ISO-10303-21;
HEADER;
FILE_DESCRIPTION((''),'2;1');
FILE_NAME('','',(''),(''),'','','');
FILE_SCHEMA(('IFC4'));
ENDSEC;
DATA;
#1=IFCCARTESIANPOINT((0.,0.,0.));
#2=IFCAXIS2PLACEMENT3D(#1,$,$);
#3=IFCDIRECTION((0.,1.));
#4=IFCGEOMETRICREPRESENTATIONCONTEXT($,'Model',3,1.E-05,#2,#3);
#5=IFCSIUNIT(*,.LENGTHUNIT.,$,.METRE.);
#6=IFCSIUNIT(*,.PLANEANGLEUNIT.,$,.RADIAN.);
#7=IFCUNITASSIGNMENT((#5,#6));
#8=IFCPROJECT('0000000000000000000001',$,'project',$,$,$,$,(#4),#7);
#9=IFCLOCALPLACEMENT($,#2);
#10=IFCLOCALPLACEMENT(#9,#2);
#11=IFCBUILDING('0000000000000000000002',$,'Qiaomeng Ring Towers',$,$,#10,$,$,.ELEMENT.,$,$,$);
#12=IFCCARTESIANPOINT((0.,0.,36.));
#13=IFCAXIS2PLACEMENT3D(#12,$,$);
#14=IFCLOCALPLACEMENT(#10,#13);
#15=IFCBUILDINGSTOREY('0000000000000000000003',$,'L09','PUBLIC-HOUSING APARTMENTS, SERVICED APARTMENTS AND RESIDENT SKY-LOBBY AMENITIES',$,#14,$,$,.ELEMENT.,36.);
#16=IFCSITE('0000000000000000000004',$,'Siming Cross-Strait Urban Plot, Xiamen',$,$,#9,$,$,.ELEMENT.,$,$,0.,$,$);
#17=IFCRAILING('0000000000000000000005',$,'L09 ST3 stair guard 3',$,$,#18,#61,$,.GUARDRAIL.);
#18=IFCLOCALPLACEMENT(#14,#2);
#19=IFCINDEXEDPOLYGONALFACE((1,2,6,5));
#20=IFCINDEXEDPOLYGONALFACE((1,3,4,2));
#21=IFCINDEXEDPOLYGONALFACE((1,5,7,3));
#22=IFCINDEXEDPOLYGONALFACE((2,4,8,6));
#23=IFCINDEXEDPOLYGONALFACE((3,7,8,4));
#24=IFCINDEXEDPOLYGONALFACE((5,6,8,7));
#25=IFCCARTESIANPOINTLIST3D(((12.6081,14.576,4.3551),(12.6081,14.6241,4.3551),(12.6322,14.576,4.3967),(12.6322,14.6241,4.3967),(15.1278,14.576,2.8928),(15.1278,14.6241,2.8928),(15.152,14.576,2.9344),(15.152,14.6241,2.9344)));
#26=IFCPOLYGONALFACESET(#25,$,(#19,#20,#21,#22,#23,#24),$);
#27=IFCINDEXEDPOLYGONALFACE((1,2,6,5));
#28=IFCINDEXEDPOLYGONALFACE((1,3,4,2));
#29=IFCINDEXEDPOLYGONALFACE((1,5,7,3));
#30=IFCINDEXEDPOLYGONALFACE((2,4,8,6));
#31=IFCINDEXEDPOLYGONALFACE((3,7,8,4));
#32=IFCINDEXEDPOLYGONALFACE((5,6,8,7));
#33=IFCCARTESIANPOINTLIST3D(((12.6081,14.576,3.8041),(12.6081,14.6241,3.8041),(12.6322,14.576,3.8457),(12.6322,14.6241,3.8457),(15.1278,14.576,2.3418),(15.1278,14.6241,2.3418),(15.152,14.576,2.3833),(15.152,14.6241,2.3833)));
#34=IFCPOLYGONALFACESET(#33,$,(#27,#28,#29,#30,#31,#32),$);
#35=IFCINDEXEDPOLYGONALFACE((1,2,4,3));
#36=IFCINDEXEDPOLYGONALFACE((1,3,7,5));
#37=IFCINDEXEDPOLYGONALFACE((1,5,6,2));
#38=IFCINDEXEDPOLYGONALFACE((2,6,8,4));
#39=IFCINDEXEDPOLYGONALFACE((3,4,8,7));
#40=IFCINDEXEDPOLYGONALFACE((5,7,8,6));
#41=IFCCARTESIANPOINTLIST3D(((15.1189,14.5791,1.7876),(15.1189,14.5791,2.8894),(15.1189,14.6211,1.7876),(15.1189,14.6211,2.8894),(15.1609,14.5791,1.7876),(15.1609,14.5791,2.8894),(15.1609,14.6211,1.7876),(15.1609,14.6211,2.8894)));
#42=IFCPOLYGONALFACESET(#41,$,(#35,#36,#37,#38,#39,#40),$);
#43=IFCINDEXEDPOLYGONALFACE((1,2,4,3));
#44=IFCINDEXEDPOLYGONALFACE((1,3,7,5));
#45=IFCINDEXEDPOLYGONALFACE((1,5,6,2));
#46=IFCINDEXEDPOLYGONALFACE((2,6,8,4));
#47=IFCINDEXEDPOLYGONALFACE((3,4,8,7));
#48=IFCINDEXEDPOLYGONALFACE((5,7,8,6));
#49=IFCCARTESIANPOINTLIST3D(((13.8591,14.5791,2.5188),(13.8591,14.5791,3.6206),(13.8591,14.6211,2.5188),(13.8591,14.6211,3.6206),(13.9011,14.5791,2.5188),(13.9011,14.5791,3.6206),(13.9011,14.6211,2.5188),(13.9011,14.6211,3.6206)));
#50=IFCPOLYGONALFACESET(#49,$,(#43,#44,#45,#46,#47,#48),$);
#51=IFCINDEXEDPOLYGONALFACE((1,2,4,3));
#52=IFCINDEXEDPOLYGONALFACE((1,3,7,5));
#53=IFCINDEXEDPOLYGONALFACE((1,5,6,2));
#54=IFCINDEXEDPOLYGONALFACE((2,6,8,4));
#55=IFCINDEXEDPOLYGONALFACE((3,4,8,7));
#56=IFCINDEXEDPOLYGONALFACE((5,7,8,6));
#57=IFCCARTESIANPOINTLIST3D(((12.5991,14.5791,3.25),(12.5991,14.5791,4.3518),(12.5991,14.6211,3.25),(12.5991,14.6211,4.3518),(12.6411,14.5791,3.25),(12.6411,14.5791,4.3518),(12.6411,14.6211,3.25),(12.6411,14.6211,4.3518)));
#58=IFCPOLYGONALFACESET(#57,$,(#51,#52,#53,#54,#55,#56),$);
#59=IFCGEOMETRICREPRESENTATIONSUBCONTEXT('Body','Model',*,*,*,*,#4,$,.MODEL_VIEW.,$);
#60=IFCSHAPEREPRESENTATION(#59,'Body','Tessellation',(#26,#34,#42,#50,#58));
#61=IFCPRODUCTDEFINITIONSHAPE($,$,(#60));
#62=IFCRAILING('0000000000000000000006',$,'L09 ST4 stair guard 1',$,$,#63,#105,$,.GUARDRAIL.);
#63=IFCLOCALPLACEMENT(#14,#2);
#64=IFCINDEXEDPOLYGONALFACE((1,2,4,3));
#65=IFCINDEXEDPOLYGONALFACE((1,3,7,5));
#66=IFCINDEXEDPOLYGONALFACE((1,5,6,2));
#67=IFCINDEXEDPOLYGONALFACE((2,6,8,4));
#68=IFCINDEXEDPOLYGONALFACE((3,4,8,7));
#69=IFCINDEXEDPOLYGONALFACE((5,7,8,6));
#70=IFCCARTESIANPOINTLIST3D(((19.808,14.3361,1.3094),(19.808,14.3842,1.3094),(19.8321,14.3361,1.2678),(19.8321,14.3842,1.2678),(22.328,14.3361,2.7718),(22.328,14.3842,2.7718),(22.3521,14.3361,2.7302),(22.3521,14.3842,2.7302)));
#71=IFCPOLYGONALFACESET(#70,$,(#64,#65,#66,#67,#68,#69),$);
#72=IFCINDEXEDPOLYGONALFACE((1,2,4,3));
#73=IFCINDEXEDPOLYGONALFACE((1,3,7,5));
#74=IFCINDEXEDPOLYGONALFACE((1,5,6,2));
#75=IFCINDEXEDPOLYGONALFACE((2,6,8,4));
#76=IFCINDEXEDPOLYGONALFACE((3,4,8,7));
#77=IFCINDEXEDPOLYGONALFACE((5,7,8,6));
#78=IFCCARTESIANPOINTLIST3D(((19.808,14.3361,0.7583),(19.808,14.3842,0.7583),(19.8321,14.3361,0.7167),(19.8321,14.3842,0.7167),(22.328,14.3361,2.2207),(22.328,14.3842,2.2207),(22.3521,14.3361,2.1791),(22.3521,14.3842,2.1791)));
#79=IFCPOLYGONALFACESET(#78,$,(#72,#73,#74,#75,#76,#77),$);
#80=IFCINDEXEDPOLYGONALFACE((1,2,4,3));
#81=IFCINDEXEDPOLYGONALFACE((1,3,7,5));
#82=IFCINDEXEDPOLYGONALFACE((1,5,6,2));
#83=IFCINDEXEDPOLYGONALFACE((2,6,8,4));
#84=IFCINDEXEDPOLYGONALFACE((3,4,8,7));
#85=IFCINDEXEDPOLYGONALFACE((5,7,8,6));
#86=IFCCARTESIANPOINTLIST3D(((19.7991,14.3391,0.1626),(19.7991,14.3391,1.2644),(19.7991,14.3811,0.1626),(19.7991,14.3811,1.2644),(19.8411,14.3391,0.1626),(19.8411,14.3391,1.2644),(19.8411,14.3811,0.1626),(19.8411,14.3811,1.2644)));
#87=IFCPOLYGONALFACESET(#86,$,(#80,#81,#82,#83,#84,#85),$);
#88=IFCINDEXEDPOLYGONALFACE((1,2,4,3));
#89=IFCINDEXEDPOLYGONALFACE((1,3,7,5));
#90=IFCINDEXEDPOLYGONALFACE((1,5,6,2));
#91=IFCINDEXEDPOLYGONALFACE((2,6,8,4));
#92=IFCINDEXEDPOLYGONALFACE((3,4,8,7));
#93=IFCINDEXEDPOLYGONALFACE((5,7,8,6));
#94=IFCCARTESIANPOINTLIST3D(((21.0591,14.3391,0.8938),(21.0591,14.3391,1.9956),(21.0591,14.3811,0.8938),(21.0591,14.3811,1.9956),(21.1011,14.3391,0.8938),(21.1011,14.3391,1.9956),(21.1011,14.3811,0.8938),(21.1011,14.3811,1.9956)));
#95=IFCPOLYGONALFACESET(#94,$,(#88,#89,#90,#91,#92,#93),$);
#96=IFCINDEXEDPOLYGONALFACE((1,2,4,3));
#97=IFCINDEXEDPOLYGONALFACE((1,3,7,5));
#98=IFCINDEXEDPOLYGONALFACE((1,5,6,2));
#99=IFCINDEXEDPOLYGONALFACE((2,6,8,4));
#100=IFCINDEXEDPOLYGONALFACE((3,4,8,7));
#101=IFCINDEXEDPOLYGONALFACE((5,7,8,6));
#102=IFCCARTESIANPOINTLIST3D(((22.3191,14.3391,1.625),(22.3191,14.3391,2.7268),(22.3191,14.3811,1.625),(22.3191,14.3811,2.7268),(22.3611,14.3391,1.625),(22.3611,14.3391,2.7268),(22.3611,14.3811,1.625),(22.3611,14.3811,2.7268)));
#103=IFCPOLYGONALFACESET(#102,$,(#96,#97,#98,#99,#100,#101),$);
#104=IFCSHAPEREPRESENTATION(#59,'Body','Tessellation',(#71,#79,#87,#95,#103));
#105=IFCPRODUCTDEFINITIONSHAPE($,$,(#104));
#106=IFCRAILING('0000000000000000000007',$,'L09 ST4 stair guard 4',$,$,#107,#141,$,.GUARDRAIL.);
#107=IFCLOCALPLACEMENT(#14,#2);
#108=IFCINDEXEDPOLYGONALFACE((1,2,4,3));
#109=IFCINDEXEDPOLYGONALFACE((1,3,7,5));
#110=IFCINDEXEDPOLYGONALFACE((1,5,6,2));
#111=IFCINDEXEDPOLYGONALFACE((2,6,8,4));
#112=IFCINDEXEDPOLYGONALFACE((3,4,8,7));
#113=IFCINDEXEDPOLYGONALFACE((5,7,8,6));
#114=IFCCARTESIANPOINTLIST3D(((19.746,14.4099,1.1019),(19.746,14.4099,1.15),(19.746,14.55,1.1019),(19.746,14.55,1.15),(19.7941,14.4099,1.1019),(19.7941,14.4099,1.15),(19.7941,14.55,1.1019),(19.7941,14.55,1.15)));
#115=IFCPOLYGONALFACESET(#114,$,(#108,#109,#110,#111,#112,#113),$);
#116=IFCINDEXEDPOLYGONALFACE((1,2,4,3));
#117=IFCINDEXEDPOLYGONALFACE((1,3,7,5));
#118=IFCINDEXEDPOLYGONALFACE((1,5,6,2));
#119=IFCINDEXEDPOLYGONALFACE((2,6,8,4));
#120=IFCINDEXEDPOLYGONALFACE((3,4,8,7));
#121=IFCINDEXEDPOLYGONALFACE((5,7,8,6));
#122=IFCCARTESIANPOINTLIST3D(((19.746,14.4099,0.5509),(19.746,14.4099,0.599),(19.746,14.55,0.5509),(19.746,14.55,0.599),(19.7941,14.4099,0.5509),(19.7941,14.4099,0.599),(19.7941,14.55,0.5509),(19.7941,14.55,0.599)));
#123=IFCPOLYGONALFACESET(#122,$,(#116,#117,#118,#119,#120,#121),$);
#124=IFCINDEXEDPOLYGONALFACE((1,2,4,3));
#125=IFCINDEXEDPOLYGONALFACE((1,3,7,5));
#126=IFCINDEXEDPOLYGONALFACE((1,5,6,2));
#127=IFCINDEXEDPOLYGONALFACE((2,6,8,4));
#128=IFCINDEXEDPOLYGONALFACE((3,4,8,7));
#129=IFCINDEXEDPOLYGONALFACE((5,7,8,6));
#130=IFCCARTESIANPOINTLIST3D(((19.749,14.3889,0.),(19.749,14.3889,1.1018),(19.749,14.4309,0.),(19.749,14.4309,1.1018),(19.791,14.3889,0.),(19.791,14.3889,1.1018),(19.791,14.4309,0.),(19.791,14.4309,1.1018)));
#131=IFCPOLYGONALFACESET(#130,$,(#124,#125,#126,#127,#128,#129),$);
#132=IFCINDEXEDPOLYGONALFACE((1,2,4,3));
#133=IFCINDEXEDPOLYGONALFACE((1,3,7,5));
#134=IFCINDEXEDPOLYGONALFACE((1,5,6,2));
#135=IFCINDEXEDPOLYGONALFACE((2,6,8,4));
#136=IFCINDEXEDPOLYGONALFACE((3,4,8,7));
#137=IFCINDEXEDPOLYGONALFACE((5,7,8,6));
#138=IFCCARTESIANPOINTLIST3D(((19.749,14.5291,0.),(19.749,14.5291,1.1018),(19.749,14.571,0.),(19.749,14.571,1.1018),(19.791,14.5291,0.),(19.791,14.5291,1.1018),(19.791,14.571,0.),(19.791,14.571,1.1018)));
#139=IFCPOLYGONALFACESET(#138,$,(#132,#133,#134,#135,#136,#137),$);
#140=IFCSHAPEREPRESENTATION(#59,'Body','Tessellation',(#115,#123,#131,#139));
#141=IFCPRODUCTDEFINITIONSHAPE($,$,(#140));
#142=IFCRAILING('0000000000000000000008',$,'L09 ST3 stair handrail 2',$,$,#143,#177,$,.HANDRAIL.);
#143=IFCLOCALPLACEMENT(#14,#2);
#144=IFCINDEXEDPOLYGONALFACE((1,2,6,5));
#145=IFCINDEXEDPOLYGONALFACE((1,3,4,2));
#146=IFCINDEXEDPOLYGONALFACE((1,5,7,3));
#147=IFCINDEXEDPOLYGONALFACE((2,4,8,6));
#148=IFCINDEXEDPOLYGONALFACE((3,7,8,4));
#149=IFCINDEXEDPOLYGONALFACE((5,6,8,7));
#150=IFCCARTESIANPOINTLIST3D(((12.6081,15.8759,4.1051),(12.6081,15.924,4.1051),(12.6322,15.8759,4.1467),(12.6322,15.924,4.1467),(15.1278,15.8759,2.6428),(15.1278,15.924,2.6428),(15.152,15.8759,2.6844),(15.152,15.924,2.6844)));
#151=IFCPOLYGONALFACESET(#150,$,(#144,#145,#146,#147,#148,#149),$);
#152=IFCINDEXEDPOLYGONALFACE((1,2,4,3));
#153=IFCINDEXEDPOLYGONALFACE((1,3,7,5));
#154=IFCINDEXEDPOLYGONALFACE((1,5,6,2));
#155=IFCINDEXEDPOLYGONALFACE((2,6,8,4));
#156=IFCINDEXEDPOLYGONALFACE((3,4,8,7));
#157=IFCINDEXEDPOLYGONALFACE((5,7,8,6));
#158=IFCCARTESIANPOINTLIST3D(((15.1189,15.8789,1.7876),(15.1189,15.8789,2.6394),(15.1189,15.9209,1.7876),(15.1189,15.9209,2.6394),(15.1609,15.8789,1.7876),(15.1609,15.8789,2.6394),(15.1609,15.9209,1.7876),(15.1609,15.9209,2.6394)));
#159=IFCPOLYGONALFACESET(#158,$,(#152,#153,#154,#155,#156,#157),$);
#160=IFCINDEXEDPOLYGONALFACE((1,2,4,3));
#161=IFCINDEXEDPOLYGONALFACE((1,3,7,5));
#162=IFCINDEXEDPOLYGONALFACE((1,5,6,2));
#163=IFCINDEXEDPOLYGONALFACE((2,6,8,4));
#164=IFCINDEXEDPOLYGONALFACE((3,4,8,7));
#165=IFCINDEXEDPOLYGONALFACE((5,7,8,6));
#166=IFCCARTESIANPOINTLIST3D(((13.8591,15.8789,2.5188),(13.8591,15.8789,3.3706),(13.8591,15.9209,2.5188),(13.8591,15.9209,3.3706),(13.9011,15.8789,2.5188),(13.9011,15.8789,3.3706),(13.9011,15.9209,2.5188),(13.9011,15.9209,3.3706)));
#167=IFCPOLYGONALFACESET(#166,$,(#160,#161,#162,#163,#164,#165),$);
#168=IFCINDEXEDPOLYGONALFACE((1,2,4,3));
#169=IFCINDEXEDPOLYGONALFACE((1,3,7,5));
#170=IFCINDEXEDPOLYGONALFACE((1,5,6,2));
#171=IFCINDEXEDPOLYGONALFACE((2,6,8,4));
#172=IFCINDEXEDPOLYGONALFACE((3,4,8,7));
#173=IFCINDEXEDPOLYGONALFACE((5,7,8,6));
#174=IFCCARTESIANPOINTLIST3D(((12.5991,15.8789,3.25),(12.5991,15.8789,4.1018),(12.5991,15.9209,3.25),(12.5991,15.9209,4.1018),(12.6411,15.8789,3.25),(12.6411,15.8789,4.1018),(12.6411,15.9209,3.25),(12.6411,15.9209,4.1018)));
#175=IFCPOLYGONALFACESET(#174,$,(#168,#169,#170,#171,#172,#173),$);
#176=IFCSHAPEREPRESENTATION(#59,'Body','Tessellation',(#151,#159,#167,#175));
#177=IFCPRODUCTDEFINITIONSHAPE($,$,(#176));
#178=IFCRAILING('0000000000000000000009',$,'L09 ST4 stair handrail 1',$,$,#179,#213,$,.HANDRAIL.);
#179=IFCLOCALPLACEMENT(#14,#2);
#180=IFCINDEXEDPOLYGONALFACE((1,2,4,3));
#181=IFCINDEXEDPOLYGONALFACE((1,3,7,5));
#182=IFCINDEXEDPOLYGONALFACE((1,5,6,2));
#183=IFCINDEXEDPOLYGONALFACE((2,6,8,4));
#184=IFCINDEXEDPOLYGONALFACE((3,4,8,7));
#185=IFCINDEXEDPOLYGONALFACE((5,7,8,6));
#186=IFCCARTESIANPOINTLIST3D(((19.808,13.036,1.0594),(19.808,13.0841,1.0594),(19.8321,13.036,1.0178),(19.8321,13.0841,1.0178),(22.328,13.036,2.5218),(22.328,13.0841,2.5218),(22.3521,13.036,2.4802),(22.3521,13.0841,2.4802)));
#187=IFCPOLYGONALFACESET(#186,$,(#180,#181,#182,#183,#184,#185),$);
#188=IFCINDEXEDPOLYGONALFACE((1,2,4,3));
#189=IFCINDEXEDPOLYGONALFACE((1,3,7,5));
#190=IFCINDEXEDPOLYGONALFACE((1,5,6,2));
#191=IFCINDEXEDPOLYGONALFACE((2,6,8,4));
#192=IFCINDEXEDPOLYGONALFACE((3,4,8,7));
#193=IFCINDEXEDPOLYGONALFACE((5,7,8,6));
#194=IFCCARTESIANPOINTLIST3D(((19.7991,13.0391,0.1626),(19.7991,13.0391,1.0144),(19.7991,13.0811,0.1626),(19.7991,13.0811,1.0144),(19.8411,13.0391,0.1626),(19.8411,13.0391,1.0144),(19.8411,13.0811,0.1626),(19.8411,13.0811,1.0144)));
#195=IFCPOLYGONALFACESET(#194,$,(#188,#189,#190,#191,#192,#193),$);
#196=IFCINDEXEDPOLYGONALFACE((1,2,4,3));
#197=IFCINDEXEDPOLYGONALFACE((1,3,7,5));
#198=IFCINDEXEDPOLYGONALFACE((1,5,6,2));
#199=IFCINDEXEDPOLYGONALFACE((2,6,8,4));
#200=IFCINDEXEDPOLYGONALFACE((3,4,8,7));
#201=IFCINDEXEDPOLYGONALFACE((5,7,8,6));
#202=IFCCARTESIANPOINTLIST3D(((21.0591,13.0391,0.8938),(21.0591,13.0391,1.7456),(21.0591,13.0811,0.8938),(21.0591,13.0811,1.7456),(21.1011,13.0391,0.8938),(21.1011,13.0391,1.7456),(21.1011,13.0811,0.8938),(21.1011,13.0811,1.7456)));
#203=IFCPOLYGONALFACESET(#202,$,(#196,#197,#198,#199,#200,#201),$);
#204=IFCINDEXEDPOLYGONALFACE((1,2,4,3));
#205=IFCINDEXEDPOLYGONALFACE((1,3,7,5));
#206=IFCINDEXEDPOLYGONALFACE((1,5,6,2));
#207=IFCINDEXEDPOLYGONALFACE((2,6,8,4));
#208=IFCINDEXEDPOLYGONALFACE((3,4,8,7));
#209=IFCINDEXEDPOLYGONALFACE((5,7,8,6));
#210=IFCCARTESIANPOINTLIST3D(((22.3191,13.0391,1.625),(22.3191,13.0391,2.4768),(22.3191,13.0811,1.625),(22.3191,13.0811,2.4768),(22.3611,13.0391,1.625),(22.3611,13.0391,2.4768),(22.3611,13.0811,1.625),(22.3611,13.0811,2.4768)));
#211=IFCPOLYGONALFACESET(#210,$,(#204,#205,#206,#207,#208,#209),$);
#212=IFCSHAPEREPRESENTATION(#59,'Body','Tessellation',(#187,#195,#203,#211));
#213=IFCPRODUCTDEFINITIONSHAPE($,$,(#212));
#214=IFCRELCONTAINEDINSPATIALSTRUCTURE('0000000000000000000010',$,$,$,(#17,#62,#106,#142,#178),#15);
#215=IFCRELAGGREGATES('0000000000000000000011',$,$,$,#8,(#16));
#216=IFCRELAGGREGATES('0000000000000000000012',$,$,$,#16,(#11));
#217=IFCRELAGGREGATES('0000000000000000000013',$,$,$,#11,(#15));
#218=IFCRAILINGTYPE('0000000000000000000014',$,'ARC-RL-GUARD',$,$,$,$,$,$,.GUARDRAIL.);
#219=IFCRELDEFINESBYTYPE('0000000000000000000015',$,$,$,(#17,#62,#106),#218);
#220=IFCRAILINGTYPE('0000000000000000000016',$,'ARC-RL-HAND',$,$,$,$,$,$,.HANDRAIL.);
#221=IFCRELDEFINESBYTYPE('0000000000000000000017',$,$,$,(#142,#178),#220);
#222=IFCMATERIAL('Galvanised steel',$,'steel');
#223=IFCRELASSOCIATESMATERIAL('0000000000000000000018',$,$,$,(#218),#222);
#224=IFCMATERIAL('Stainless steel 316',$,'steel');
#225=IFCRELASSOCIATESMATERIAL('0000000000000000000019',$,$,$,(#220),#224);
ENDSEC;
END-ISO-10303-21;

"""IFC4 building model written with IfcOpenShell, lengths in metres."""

from ifc_helpers import new_model, si_unit, direction, frame, origin, origin_2d, place, context, subcontext, project, spatial, rectangle, extrude, material, type_object, element, save


model = new_model("IFC4")

# Units and contexts
model_context = context("Model", 3, precision=1e-05, world=origin(), true_north=direction((0.0, 1.0)))
body_context = subcontext(model_context, "Body", "Model", "MODEL_VIEW")
ifc_project = project(units=[si_unit("LENGTHUNIT", "METRE"), si_unit("PLANEANGLEUNIT", "RADIAN")], contexts=[model_context])

# Site, building, storey
site_placement = place(None, origin())
site = spatial("IfcSite", under=ifc_project, at=site_placement, Name="Siming Cross-Strait Urban Plot, Xiamen", CompositionType="ELEMENT", RefElevation=0.0)
building_placement = place(site_placement, origin())
building = spatial("IfcBuilding", under=site, at=building_placement, Name="Qiaomeng Ring Towers", CompositionType="ELEMENT")
storey_placement = place(building_placement, frame((0.0, 0.0, 36.0)))
storey = spatial("IfcBuildingStorey", under=building, at=storey_placement, Name="L09", Description="PUBLIC-HOUSING APARTMENTS, SERVICED APARTMENTS AND RESIDENT SKY-LOBBY AMENITIES", CompositionType="ELEMENT", Elevation=36.0)

# Shared definitions
ifc_material_1 = material(Name="Galvanised steel", Category="steel")

# Railings
railing_type_1 = type_object("IfcRailingType", Name="ARC-RL-GUARD", PredefinedType="GUARDRAIL", material=ifc_material_1)
railing_1_placement = place(storey_placement, frame((15.1399, 14.6001, 1.7876)))
element("IfcRailing", 1, at=railing_1_placement, inside=storey, type_object=railing_type_1, Name="L09 ST3 stair guard 3", PredefinedType="GUARDRAIL", context=body_context, shape_type="SweptSolid", body=[
    extrude(rectangle(XDim=0.0481, YDim=0.0481, at=origin_2d()), frame((0.0, 0.0, 1.126), z_axis=(-0.864892, 0.0, 0.501958), x_axis=(0.0, -1.0, 0.0)), (0.0, 0.0, 1.0), 2.9133),
    extrude(rectangle(XDim=0.0481, YDim=0.0481, at=origin_2d()), frame((0.0, 0.0, 0.575), z_axis=(-0.864892, 0.0, 0.501958), x_axis=(0.0, -1.0, 0.0)), (0.0, 0.0, 1.0), 2.9133),
    extrude(rectangle(XDim=0.042, YDim=0.042, at=origin_2d()), origin(), (0.0, 0.0, 1.0), 1.1018),
    extrude(rectangle(XDim=0.042, YDim=0.042, at=origin_2d()), frame((-1.2598, 0.0, 0.7312)), (0.0, 0.0, 1.0), 1.1018),
    extrude(rectangle(XDim=0.042, YDim=0.042, at=origin_2d()), frame((-2.5198, 0.0, 1.4624)), (0.0, 0.0, 1.0), 1.1018),
])
railing_2_placement = place(storey_placement, frame((19.8201, 14.3601, 0.1626)))
element("IfcRailing", 2, at=railing_2_placement, inside=storey, type_object=railing_type_1, Name="L09 ST4 stair guard 1", PredefinedType="GUARDRAIL", context=body_context, shape_type="SweptSolid", body=[
    extrude(rectangle(XDim=0.0481, YDim=0.0481, at=origin_2d()), frame((0.0, 0.0, 1.126), z_axis=(0.864913, 0.0, 0.501921), x_axis=(0.0, 1.0, 0.0)), (0.0, 0.0, 1.0), 2.9136),
    extrude(rectangle(XDim=0.0481, YDim=0.0481, at=origin_2d()), frame((0.0, 0.0, 0.575), z_axis=(0.864913, 0.0, 0.501921), x_axis=(0.0, 1.0, 0.0)), (0.0, 0.0, 1.0), 2.9136),
    extrude(rectangle(XDim=0.042, YDim=0.042, at=origin_2d()), origin(), (0.0, 0.0, 1.0), 1.1018),
    extrude(rectangle(XDim=0.042, YDim=0.042, at=origin_2d()), frame((1.26, 0.0, 0.7312)), (0.0, 0.0, 1.0), 1.1018),
    extrude(rectangle(XDim=0.042, YDim=0.042, at=origin_2d()), frame((2.52, 0.0, 1.4624)), (0.0, 0.0, 1.0), 1.1018),
])
railing_3_placement = place(storey_placement, frame((19.77, 14.4099, 0.0)))
element("IfcRailing", 3, at=railing_3_placement, inside=storey, type_object=railing_type_1, Name="L09 ST4 stair guard 4", PredefinedType="GUARDRAIL", context=body_context, shape_type="SweptSolid", body=[
    extrude(rectangle(XDim=0.0481, YDim=0.0481, at=origin_2d()), frame((0.0, 0.0, 1.126), z_axis=(0.0, 1.0, 0.0), x_axis=(-1.0, 0.0, 0.0)), (0.0, 0.0, 1.0), 0.1401),
    extrude(rectangle(XDim=0.0481, YDim=0.0481, at=origin_2d()), frame((0.0, 0.0, 0.575), z_axis=(0.0, 1.0, 0.0), x_axis=(-1.0, 0.0, 0.0)), (0.0, 0.0, 1.0), 0.1401),
    extrude(rectangle(XDim=0.042, YDim=0.042, at=origin_2d()), origin(), (0.0, 0.0, 1.0), 1.1018),
    extrude(rectangle(XDim=0.042, YDim=0.042, at=origin_2d()), frame((0.0, 0.1401, 0.0)), (0.0, 0.0, 1.0), 1.1018),
])
ifc_material_2 = material(Name="Stainless steel 316", Category="steel")
railing_type_2 = type_object("IfcRailingType", Name="ARC-RL-HAND", PredefinedType="HANDRAIL", material=ifc_material_2)
railing_4_placement = place(storey_placement, frame((15.1399, 15.8999, 1.7876)))
element("IfcRailing", 4, at=railing_4_placement, inside=storey, type_object=railing_type_2, Name="L09 ST3 stair handrail 2", PredefinedType="HANDRAIL", context=body_context, shape_type="SweptSolid", body=[
    extrude(rectangle(XDim=0.0481, YDim=0.0481, at=origin_2d()), frame((0.0, 0.0, 0.876), z_axis=(-0.864892, 0.0, 0.501958), x_axis=(0.0, -1.0, 0.0)), (0.0, 0.0, 1.0), 2.9133),
    extrude(rectangle(XDim=0.042, YDim=0.042, at=origin_2d()), origin(), (0.0, 0.0, 1.0), 0.8518),
    extrude(rectangle(XDim=0.042, YDim=0.042, at=origin_2d()), frame((-1.2598, 0.0, 0.7312)), (0.0, 0.0, 1.0), 0.8518),
    extrude(rectangle(XDim=0.042, YDim=0.042, at=origin_2d()), frame((-2.5198, 0.0, 1.4624)), (0.0, 0.0, 1.0), 0.8518),
])
railing_5_placement = place(storey_placement, frame((19.8201, 13.0601, 0.1626)))
element("IfcRailing", 5, at=railing_5_placement, inside=storey, type_object=railing_type_2, Name="L09 ST4 stair handrail 1", PredefinedType="HANDRAIL", context=body_context, shape_type="SweptSolid", body=[
    extrude(rectangle(XDim=0.0481, YDim=0.0481, at=origin_2d()), frame((0.0, 0.0, 0.876), z_axis=(0.864913, 0.0, 0.501921), x_axis=(0.0, 1.0, 0.0)), (0.0, 0.0, 1.0), 2.9136),
    extrude(rectangle(XDim=0.042, YDim=0.042, at=origin_2d()), origin(), (0.0, 0.0, 1.0), 0.8518),
    extrude(rectangle(XDim=0.042, YDim=0.042, at=origin_2d()), frame((1.26, 0.0, 0.7312)), (0.0, 0.0, 1.0), 0.8518),
    extrude(rectangle(XDim=0.042, YDim=0.042, at=origin_2d()), frame((2.52, 0.0, 1.4624)), (0.0, 0.0, 1.0), 0.8518),
])

save(model, "model.ifc")
